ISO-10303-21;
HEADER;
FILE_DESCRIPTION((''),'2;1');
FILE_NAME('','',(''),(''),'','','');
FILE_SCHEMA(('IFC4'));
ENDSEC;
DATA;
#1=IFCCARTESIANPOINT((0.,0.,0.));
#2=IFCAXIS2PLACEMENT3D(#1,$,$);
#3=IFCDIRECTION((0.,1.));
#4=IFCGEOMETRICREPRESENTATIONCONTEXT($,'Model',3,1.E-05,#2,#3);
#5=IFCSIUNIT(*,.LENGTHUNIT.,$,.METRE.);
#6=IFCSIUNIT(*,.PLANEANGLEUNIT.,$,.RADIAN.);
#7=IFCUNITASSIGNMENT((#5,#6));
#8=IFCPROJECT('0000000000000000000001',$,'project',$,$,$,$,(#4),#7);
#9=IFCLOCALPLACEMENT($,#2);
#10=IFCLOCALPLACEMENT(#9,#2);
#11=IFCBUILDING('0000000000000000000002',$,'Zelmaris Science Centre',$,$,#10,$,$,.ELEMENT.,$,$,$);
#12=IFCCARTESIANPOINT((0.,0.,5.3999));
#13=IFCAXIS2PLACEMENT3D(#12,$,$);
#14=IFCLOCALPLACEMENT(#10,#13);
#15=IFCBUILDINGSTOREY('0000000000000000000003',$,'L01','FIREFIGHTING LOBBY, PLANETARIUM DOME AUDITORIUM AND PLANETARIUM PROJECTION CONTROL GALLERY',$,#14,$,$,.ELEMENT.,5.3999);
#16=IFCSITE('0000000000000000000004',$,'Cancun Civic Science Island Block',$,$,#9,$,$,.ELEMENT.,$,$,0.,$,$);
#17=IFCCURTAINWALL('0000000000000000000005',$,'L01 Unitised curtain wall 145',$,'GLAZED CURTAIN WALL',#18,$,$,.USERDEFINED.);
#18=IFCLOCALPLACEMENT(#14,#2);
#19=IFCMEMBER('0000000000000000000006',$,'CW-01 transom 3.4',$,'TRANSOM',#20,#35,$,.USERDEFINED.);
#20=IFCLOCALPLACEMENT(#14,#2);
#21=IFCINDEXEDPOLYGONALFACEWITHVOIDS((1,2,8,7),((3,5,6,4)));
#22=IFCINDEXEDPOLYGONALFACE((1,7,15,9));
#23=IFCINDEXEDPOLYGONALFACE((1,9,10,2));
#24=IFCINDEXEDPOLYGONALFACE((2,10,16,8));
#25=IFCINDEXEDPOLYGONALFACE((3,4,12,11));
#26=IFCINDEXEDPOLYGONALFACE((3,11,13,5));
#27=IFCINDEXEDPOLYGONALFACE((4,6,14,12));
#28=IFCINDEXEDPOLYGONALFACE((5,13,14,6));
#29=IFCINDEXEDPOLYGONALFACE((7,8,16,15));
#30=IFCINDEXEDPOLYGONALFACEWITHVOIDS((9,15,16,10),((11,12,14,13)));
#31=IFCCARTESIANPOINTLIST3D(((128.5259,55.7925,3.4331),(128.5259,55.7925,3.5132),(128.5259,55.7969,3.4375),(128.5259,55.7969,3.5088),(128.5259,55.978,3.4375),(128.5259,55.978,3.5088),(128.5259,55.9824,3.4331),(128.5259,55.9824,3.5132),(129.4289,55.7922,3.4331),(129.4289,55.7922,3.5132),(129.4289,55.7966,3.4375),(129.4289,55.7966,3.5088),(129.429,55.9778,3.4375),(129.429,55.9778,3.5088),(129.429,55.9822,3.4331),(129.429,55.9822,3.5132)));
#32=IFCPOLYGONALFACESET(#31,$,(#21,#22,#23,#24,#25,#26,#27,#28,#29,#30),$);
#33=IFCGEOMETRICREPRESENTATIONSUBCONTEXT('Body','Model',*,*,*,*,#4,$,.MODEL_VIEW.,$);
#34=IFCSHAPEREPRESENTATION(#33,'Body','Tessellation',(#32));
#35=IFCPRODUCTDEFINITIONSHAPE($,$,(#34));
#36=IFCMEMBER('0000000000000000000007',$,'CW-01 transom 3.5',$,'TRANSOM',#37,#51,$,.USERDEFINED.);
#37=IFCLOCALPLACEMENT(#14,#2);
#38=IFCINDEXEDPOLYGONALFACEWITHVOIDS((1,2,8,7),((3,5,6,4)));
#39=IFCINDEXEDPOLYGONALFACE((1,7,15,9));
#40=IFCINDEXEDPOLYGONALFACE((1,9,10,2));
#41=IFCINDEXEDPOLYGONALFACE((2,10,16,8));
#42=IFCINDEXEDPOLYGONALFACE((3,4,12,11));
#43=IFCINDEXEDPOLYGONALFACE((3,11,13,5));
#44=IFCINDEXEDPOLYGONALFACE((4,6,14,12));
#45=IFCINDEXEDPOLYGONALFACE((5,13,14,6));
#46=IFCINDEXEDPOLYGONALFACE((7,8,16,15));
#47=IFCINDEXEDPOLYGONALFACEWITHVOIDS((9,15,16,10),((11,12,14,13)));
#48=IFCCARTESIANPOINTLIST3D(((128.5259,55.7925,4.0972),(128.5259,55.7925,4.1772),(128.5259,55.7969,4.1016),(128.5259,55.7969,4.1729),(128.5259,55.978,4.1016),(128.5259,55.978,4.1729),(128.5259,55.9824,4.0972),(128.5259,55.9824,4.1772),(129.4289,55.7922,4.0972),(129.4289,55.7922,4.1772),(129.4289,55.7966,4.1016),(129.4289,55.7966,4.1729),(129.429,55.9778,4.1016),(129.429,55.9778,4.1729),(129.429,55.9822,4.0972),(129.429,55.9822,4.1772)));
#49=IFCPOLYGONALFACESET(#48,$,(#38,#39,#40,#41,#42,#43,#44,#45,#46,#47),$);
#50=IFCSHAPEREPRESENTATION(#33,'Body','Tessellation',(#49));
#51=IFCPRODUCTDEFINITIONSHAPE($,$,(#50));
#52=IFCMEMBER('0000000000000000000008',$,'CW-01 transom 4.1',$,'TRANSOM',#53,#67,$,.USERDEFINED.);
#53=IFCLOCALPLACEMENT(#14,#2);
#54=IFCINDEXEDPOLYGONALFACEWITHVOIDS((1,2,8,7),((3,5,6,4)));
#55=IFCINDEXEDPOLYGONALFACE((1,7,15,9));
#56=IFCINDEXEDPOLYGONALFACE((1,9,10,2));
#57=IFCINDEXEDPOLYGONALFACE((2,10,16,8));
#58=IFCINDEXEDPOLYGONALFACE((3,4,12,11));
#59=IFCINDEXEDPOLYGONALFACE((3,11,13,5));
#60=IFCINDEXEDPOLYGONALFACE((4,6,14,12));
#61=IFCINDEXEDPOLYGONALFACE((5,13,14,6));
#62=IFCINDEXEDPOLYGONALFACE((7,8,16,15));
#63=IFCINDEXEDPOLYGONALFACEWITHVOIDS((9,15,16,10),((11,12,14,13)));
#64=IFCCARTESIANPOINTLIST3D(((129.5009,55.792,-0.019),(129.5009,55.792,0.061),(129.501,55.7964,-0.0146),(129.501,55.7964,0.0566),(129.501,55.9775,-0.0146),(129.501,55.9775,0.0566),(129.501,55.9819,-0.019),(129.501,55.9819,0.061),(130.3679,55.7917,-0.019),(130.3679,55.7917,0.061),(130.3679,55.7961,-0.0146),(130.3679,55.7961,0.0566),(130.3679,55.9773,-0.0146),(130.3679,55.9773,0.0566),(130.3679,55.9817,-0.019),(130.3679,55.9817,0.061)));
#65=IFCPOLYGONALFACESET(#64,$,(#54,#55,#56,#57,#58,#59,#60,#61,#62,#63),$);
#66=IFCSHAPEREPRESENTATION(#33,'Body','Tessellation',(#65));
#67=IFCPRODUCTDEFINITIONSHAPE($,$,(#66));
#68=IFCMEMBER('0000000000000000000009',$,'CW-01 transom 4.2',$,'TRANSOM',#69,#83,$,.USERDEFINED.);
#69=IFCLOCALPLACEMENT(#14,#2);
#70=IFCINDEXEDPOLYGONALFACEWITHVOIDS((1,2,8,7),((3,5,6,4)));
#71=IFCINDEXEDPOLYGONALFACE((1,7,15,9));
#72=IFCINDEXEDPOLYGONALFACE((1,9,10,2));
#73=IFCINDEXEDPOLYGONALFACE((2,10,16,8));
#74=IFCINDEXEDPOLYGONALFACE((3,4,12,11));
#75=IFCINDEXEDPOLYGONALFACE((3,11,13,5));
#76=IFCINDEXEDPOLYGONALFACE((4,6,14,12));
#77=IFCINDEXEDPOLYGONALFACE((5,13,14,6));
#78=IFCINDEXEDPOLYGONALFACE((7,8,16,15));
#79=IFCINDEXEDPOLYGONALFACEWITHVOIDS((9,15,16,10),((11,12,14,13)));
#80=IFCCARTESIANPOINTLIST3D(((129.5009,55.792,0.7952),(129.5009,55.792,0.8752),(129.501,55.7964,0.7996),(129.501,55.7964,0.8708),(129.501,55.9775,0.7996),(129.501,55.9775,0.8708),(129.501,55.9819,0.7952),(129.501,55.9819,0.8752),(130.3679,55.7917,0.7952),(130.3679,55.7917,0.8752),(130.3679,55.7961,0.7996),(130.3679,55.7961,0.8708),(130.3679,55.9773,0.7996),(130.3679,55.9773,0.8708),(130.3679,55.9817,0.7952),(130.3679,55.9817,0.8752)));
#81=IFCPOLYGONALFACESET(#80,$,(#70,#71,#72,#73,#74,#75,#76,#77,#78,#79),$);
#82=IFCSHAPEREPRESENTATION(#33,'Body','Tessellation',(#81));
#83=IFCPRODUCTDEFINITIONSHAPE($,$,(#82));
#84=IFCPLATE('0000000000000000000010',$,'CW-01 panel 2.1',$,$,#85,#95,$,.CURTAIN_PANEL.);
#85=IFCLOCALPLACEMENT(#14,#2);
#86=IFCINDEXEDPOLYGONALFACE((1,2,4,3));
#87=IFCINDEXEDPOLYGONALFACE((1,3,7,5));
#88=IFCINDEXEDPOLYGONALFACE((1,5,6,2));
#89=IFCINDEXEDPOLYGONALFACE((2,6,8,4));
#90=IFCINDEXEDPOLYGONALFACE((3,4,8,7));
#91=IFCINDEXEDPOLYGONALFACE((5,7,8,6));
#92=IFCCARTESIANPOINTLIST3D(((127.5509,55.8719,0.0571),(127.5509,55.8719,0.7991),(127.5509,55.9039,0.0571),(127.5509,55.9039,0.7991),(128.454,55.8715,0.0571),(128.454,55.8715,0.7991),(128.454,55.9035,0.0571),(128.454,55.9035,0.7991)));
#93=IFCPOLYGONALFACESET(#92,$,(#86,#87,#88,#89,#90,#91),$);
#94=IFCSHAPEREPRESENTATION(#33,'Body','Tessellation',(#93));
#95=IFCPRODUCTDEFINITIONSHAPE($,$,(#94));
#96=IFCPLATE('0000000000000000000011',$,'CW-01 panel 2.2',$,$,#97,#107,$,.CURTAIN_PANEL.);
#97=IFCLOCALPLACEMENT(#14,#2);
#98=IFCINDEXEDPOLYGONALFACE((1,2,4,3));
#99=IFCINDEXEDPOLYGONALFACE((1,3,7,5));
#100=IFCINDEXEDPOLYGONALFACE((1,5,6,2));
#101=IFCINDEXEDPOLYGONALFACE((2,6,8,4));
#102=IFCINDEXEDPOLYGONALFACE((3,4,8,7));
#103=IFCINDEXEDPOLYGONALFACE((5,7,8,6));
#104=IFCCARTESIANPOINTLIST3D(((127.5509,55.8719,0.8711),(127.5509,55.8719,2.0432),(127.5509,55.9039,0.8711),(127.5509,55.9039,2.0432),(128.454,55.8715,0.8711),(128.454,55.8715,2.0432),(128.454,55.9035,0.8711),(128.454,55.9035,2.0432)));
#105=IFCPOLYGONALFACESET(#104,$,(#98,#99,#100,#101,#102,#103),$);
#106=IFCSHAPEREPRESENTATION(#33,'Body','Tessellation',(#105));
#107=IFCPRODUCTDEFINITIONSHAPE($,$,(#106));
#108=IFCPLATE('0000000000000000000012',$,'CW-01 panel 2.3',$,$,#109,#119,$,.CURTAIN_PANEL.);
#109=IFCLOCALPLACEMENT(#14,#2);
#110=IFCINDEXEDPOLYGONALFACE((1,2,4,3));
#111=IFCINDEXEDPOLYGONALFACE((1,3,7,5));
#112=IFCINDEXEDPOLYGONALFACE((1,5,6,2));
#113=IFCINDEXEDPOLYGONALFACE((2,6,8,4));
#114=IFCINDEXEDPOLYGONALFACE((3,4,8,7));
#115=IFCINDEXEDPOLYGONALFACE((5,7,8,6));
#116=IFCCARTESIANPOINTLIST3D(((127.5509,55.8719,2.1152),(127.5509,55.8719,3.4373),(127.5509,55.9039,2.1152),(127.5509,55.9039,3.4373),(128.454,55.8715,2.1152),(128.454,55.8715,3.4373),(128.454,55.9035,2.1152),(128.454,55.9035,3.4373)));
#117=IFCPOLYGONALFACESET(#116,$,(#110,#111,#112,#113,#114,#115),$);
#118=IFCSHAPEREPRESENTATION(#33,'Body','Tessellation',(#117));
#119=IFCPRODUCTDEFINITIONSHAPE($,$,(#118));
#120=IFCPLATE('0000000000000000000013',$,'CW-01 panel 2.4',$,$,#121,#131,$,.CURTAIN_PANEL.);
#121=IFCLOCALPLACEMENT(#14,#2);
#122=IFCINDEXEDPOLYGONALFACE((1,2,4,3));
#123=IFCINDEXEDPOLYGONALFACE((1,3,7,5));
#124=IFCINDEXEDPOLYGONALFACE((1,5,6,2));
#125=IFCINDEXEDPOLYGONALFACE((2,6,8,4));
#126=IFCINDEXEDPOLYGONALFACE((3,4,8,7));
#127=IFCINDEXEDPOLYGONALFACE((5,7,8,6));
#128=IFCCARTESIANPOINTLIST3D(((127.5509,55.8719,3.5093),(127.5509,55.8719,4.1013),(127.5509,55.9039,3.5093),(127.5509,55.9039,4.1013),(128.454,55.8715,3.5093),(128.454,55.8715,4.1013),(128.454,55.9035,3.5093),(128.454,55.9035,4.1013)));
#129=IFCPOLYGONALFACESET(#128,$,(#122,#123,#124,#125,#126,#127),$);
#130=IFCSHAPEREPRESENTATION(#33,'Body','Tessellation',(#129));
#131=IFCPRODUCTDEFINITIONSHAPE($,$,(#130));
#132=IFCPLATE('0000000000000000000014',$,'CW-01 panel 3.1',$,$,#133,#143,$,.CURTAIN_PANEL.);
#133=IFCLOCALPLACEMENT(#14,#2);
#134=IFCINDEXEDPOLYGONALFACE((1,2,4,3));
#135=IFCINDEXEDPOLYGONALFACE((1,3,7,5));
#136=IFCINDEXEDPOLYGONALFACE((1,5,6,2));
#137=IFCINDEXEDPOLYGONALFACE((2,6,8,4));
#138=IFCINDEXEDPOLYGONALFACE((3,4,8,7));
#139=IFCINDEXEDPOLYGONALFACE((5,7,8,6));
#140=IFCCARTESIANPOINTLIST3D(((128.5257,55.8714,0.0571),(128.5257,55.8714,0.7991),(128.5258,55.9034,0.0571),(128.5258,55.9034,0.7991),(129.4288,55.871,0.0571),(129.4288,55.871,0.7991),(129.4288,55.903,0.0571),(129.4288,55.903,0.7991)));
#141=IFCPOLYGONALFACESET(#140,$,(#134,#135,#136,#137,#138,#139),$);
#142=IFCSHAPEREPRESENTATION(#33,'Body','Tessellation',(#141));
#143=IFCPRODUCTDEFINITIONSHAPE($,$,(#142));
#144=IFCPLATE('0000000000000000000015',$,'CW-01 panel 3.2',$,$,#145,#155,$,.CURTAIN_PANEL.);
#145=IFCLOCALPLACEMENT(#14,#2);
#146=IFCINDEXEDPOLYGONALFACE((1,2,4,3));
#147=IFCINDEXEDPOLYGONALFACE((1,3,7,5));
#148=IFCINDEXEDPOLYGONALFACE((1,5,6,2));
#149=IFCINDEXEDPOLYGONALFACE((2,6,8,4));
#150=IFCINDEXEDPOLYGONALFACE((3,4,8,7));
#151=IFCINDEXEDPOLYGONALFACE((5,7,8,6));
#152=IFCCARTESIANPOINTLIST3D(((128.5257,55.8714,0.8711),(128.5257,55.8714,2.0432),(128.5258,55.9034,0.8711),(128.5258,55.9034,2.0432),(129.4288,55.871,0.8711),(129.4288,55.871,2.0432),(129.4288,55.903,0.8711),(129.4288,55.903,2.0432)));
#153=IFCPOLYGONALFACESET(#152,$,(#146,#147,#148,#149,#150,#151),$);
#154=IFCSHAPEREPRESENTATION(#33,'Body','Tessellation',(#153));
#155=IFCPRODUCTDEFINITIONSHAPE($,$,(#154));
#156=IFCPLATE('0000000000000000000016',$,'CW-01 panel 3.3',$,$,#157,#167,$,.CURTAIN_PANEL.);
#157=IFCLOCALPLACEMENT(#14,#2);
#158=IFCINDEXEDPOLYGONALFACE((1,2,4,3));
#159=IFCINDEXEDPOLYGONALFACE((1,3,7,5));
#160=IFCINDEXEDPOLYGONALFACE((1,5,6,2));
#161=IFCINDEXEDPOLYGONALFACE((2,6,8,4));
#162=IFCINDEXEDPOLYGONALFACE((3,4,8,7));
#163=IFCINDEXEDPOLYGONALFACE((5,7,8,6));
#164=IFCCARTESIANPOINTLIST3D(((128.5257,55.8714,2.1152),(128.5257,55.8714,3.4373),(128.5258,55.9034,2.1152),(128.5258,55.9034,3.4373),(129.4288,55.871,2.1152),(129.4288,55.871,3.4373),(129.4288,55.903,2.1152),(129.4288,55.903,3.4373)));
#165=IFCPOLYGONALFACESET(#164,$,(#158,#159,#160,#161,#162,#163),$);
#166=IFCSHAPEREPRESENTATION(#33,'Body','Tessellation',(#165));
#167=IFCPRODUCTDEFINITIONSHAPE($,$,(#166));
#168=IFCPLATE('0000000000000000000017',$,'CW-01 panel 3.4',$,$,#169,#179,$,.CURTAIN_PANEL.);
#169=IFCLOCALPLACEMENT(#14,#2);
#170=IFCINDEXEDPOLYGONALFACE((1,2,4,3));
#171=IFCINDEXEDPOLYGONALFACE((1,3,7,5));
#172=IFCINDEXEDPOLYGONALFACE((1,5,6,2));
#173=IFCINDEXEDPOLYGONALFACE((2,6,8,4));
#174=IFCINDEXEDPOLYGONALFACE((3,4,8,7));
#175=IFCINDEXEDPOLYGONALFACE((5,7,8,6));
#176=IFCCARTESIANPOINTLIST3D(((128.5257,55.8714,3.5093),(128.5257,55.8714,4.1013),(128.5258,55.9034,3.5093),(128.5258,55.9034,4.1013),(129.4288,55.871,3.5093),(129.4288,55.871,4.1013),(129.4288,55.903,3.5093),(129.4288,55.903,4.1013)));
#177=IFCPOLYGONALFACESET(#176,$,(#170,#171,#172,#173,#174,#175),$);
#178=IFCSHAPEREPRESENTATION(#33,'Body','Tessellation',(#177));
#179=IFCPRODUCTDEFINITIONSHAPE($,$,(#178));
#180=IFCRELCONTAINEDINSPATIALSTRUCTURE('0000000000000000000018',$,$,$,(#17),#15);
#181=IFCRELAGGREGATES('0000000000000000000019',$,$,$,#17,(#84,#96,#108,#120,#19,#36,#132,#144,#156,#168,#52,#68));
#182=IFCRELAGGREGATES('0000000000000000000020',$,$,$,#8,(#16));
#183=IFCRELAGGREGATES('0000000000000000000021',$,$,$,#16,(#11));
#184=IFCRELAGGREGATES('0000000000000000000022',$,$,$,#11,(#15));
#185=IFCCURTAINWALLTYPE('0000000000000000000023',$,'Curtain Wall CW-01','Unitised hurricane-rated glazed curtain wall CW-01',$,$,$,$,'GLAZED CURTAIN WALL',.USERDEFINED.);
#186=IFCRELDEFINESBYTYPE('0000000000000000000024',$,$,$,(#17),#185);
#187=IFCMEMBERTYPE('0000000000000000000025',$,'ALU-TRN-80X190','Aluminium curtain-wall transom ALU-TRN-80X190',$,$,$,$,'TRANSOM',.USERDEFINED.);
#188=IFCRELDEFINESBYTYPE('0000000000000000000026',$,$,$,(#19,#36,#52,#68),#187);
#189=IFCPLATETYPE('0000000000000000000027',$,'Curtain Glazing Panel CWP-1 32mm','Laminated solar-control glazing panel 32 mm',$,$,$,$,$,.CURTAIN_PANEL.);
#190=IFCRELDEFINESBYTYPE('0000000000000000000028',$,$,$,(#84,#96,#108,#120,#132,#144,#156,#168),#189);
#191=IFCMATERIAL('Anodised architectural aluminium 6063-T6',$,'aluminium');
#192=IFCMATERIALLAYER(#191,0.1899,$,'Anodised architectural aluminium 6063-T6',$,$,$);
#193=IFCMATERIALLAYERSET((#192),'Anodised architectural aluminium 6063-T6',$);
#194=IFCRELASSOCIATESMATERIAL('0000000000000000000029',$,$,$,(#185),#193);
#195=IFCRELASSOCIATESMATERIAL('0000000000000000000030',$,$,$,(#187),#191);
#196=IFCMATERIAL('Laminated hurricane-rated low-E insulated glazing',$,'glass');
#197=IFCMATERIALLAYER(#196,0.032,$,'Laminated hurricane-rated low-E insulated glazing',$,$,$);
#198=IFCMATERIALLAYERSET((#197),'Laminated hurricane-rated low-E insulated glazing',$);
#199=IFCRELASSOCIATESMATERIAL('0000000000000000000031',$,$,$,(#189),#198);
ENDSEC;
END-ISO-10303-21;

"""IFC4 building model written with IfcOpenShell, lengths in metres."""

from ifc_helpers import new_model, si_unit, direction, frame, origin, origin_2d, place, context, subcontext, project, spatial, rectangle, hollow_rectangle, extrude, material, layer, layer_set, material_profile, profile_set, type_object, element, aggregate, save


model = new_model("IFC4")

# Units and contexts
model_context = context("Model", 3, precision=1e-05, world=origin(), true_north=direction((0.0, 1.0)))
body_context = subcontext(model_context, "Body", "Model", "MODEL_VIEW")
ifc_project = project(units=[si_unit("LENGTHUNIT", "METRE"), si_unit("PLANEANGLEUNIT", "RADIAN")], contexts=[model_context])

# Site, building, storey
site_placement = place(None, origin())
site = spatial("IfcSite", under=ifc_project, at=site_placement, Name="Cancun Civic Science Island Block", CompositionType="ELEMENT", RefElevation=0.0)
building_placement = place(site_placement, origin())
building = spatial("IfcBuilding", under=site, at=building_placement, Name="Zelmaris Science Centre", CompositionType="ELEMENT")
storey_placement = place(building_placement, frame((0.0, 0.0, 5.3999)))
storey = spatial("IfcBuildingStorey", under=building, at=storey_placement, Name="L01", Description="FIREFIGHTING LOBBY, PLANETARIUM DOME AUDITORIUM AND PLANETARIUM PROJECTION CONTROL GALLERY", CompositionType="ELEMENT", Elevation=5.3999)

# Curtain wall, members, plates
ifc_material_1 = material(Name="Anodised architectural aluminium 6063-T6", Category="aluminium")
ifc_layer_1 = layer(ifc_material_1, 0.1899, Name="Anodised architectural aluminium 6063-T6")
ifc_layer_set_1 = layer_set([ifc_layer_1], Name="Anodised architectural aluminium 6063-T6")
curtain_wall_type = type_object("IfcCurtainWallType", Name="Curtain Wall CW-01", Description="Unitised hurricane-rated glazed curtain wall CW-01", ElementType="GLAZED CURTAIN WALL", PredefinedType="USERDEFINED", material=ifc_layer_set_1)
curtain_wall_placement = place(storey_placement, origin())
curtain_wall = element("IfcCurtainWall", 1, at=curtain_wall_placement, inside=storey, type_object=curtain_wall_type, Name="L01 Unitised curtain wall 145", ObjectType="GLAZED CURTAIN WALL", PredefinedType="USERDEFINED")
ifc_material_profile_1 = material_profile(ifc_material_1, hollow_rectangle(XDim=0.0801, YDim=0.1899, WallThickness=0.0044, at=origin_2d()), Name="ALU-TRN-80X190")
ifc_profile_set_1 = profile_set([ifc_material_profile_1], Name="Anodised architectural aluminium 6063-T6")
member_type_1 = type_object("IfcMemberType", Name="ALU-TRN-80X190", Description="Aluminium curtain-wall transom ALU-TRN-80X190", ElementType="TRANSOM", PredefinedType="USERDEFINED", material=ifc_profile_set_1)
member_1_placement = place(storey_placement, frame((128.5259, 55.8875, 3.4731), z_axis=(1.0, -0.00027, 0.0), x_axis=(0.0, 0.0, 1.0)))
member_1 = element("IfcMember", 2, at=member_1_placement, type_object=member_type_1, Name="CW-01 transom 3.4", ObjectType="TRANSOM", PredefinedType="USERDEFINED", context=body_context, shape_type="SweptSolid", body=[
    extrude(hollow_rectangle(XDim=0.0801, YDim=0.1899, WallThickness=0.0044, at=origin_2d()), origin(), (0.0, 0.0, 1.0), 0.9031),
])
member_2_placement = place(storey_placement, frame((128.5259, 55.8875, 4.1372), z_axis=(1.0, -0.00027, 0.0), x_axis=(0.0, 0.0, 1.0)))
member_2 = element("IfcMember", 3, at=member_2_placement, type_object=member_type_1, Name="CW-01 transom 3.5", ObjectType="TRANSOM", PredefinedType="USERDEFINED", context=body_context, shape_type="SweptSolid", body=[
    extrude(hollow_rectangle(XDim=0.0801, YDim=0.1899, WallThickness=0.0044, at=origin_2d()), origin(), (0.0, 0.0, 1.0), 0.9031),
])
member_3_placement = place(storey_placement, frame((129.501, 55.887, 0.021), z_axis=(1.0, -0.000282, 0.0), x_axis=(0.0, 0.0, 1.0)))
member_3 = element("IfcMember", 4, at=member_3_placement, type_object=member_type_1, Name="CW-01 transom 4.1", ObjectType="TRANSOM", PredefinedType="USERDEFINED", context=body_context, shape_type="SweptSolid", body=[
    extrude(hollow_rectangle(XDim=0.0801, YDim=0.1899, WallThickness=0.0044, at=origin_2d()), origin(), (0.0, 0.0, 1.0), 0.8669),
])
member_4_placement = place(storey_placement, frame((129.501, 55.887, 0.8352), z_axis=(1.0, -0.000282, 0.0), x_axis=(0.0, 0.0, 1.0)))
member_4 = element("IfcMember", 5, at=member_4_placement, type_object=member_type_1, Name="CW-01 transom 4.2", ObjectType="TRANSOM", PredefinedType="USERDEFINED", context=body_context, shape_type="SweptSolid", body=[
    extrude(hollow_rectangle(XDim=0.0801, YDim=0.1899, WallThickness=0.0044, at=origin_2d()), origin(), (0.0, 0.0, 1.0), 0.8669),
])
ifc_material_2 = material(Name="Laminated hurricane-rated low-E insulated glazing", Category="glass")
ifc_layer_2 = layer(ifc_material_2, 0.032, Name="Laminated hurricane-rated low-E insulated glazing")
ifc_layer_set_2 = layer_set([ifc_layer_2], Name="Laminated hurricane-rated low-E insulated glazing")
plate_type = type_object("IfcPlateType", Name="Curtain Glazing Panel CWP-1 32mm", Description="Laminated solar-control glazing panel 32 mm", PredefinedType="CURTAIN_PANEL", material=ifc_layer_set_2)
plate_1_placement = place(storey_placement, frame((128.0024, 55.8877, 0.0571), z_axis=(0.0, 0.0, 1.0), x_axis=(1.0, -0.000487, 0.0)))
plate_1 = element("IfcPlate", 6, at=plate_1_placement, type_object=plate_type, Name="CW-01 panel 2.1", PredefinedType="CURTAIN_PANEL", context=body_context, shape_type="SweptSolid", body=[
    extrude(rectangle(XDim=0.9031, YDim=0.032, at=origin_2d()), origin(), (0.0, 0.0, 1.0), 0.7419),
])
plate_2_placement = place(storey_placement, frame((128.0024, 55.8877, 0.8711), z_axis=(0.0, 0.0, 1.0), x_axis=(1.0, -0.000487, 0.0)))
plate_2 = element("IfcPlate", 7, at=plate_2_placement, type_object=plate_type, Name="CW-01 panel 2.2", PredefinedType="CURTAIN_PANEL", context=body_context, shape_type="SweptSolid", body=[
    extrude(rectangle(XDim=0.9031, YDim=0.032, at=origin_2d()), origin(), (0.0, 0.0, 1.0), 1.1721),
])
plate_3_placement = place(storey_placement, frame((128.0024, 55.8877, 2.1152), z_axis=(0.0, 0.0, 1.0), x_axis=(1.0, -0.000487, 0.0)))
plate_3 = element("IfcPlate", 8, at=plate_3_placement, type_object=plate_type, Name="CW-01 panel 2.3", PredefinedType="CURTAIN_PANEL", context=body_context, shape_type="SweptSolid", body=[
    extrude(rectangle(XDim=0.9031, YDim=0.032, at=origin_2d()), origin(), (0.0, 0.0, 1.0), 1.322),
])
plate_4_placement = place(storey_placement, frame((128.0024, 55.8877, 3.5093), z_axis=(0.0, 0.0, 1.0), x_axis=(1.0, -0.000487, 0.0)))
plate_4 = element("IfcPlate", 9, at=plate_4_placement, type_object=plate_type, Name="CW-01 panel 2.4", PredefinedType="CURTAIN_PANEL", context=body_context, shape_type="SweptSolid", body=[
    extrude(rectangle(XDim=0.9031, YDim=0.032, at=origin_2d()), origin(), (0.0, 0.0, 1.0), 0.592),
])
plate_5_placement = place(storey_placement, frame((128.9773, 55.8872, 0.0571), z_axis=(0.0, 0.0, 1.0), x_axis=(1.0, -0.000487, 0.0)))
plate_5 = element("IfcPlate", 10, at=plate_5_placement, type_object=plate_type, Name="CW-01 panel 3.1", PredefinedType="CURTAIN_PANEL", context=body_context, shape_type="SweptSolid", body=[
    extrude(rectangle(XDim=0.9031, YDim=0.032, at=origin_2d()), origin(), (0.0, 0.0, 1.0), 0.7419),
])
plate_6_placement = place(storey_placement, frame((128.9773, 55.8872, 0.8711), z_axis=(0.0, 0.0, 1.0), x_axis=(1.0, -0.000487, 0.0)))
plate_6 = element("IfcPlate", 11, at=plate_6_placement, type_object=plate_type, Name="CW-01 panel 3.2", PredefinedType="CURTAIN_PANEL", context=body_context, shape_type="SweptSolid", body=[
    extrude(rectangle(XDim=0.9031, YDim=0.032, at=origin_2d()), origin(), (0.0, 0.0, 1.0), 1.1721),
])
plate_7_placement = place(storey_placement, frame((128.9773, 55.8872, 2.1152), z_axis=(0.0, 0.0, 1.0), x_axis=(1.0, -0.000487, 0.0)))
plate_7 = element("IfcPlate", 12, at=plate_7_placement, type_object=plate_type, Name="CW-01 panel 3.3", PredefinedType="CURTAIN_PANEL", context=body_context, shape_type="SweptSolid", body=[
    extrude(rectangle(XDim=0.9031, YDim=0.032, at=origin_2d()), origin(), (0.0, 0.0, 1.0), 1.322),
])
plate_8_placement = place(storey_placement, frame((128.9773, 55.8872, 3.5093), z_axis=(0.0, 0.0, 1.0), x_axis=(1.0, -0.000487, 0.0)))
plate_8 = element("IfcPlate", 13, at=plate_8_placement, type_object=plate_type, Name="CW-01 panel 3.4", PredefinedType="CURTAIN_PANEL", context=body_context, shape_type="SweptSolid", body=[
    extrude(rectangle(XDim=0.9031, YDim=0.032, at=origin_2d()), origin(), (0.0, 0.0, 1.0), 0.592),
])
aggregate(curtain_wall, [plate_1, plate_2, plate_3, plate_4, member_1, member_2, plate_5, plate_6, plate_7, plate_8, member_3, member_4])

save(model, "model.ifc")
